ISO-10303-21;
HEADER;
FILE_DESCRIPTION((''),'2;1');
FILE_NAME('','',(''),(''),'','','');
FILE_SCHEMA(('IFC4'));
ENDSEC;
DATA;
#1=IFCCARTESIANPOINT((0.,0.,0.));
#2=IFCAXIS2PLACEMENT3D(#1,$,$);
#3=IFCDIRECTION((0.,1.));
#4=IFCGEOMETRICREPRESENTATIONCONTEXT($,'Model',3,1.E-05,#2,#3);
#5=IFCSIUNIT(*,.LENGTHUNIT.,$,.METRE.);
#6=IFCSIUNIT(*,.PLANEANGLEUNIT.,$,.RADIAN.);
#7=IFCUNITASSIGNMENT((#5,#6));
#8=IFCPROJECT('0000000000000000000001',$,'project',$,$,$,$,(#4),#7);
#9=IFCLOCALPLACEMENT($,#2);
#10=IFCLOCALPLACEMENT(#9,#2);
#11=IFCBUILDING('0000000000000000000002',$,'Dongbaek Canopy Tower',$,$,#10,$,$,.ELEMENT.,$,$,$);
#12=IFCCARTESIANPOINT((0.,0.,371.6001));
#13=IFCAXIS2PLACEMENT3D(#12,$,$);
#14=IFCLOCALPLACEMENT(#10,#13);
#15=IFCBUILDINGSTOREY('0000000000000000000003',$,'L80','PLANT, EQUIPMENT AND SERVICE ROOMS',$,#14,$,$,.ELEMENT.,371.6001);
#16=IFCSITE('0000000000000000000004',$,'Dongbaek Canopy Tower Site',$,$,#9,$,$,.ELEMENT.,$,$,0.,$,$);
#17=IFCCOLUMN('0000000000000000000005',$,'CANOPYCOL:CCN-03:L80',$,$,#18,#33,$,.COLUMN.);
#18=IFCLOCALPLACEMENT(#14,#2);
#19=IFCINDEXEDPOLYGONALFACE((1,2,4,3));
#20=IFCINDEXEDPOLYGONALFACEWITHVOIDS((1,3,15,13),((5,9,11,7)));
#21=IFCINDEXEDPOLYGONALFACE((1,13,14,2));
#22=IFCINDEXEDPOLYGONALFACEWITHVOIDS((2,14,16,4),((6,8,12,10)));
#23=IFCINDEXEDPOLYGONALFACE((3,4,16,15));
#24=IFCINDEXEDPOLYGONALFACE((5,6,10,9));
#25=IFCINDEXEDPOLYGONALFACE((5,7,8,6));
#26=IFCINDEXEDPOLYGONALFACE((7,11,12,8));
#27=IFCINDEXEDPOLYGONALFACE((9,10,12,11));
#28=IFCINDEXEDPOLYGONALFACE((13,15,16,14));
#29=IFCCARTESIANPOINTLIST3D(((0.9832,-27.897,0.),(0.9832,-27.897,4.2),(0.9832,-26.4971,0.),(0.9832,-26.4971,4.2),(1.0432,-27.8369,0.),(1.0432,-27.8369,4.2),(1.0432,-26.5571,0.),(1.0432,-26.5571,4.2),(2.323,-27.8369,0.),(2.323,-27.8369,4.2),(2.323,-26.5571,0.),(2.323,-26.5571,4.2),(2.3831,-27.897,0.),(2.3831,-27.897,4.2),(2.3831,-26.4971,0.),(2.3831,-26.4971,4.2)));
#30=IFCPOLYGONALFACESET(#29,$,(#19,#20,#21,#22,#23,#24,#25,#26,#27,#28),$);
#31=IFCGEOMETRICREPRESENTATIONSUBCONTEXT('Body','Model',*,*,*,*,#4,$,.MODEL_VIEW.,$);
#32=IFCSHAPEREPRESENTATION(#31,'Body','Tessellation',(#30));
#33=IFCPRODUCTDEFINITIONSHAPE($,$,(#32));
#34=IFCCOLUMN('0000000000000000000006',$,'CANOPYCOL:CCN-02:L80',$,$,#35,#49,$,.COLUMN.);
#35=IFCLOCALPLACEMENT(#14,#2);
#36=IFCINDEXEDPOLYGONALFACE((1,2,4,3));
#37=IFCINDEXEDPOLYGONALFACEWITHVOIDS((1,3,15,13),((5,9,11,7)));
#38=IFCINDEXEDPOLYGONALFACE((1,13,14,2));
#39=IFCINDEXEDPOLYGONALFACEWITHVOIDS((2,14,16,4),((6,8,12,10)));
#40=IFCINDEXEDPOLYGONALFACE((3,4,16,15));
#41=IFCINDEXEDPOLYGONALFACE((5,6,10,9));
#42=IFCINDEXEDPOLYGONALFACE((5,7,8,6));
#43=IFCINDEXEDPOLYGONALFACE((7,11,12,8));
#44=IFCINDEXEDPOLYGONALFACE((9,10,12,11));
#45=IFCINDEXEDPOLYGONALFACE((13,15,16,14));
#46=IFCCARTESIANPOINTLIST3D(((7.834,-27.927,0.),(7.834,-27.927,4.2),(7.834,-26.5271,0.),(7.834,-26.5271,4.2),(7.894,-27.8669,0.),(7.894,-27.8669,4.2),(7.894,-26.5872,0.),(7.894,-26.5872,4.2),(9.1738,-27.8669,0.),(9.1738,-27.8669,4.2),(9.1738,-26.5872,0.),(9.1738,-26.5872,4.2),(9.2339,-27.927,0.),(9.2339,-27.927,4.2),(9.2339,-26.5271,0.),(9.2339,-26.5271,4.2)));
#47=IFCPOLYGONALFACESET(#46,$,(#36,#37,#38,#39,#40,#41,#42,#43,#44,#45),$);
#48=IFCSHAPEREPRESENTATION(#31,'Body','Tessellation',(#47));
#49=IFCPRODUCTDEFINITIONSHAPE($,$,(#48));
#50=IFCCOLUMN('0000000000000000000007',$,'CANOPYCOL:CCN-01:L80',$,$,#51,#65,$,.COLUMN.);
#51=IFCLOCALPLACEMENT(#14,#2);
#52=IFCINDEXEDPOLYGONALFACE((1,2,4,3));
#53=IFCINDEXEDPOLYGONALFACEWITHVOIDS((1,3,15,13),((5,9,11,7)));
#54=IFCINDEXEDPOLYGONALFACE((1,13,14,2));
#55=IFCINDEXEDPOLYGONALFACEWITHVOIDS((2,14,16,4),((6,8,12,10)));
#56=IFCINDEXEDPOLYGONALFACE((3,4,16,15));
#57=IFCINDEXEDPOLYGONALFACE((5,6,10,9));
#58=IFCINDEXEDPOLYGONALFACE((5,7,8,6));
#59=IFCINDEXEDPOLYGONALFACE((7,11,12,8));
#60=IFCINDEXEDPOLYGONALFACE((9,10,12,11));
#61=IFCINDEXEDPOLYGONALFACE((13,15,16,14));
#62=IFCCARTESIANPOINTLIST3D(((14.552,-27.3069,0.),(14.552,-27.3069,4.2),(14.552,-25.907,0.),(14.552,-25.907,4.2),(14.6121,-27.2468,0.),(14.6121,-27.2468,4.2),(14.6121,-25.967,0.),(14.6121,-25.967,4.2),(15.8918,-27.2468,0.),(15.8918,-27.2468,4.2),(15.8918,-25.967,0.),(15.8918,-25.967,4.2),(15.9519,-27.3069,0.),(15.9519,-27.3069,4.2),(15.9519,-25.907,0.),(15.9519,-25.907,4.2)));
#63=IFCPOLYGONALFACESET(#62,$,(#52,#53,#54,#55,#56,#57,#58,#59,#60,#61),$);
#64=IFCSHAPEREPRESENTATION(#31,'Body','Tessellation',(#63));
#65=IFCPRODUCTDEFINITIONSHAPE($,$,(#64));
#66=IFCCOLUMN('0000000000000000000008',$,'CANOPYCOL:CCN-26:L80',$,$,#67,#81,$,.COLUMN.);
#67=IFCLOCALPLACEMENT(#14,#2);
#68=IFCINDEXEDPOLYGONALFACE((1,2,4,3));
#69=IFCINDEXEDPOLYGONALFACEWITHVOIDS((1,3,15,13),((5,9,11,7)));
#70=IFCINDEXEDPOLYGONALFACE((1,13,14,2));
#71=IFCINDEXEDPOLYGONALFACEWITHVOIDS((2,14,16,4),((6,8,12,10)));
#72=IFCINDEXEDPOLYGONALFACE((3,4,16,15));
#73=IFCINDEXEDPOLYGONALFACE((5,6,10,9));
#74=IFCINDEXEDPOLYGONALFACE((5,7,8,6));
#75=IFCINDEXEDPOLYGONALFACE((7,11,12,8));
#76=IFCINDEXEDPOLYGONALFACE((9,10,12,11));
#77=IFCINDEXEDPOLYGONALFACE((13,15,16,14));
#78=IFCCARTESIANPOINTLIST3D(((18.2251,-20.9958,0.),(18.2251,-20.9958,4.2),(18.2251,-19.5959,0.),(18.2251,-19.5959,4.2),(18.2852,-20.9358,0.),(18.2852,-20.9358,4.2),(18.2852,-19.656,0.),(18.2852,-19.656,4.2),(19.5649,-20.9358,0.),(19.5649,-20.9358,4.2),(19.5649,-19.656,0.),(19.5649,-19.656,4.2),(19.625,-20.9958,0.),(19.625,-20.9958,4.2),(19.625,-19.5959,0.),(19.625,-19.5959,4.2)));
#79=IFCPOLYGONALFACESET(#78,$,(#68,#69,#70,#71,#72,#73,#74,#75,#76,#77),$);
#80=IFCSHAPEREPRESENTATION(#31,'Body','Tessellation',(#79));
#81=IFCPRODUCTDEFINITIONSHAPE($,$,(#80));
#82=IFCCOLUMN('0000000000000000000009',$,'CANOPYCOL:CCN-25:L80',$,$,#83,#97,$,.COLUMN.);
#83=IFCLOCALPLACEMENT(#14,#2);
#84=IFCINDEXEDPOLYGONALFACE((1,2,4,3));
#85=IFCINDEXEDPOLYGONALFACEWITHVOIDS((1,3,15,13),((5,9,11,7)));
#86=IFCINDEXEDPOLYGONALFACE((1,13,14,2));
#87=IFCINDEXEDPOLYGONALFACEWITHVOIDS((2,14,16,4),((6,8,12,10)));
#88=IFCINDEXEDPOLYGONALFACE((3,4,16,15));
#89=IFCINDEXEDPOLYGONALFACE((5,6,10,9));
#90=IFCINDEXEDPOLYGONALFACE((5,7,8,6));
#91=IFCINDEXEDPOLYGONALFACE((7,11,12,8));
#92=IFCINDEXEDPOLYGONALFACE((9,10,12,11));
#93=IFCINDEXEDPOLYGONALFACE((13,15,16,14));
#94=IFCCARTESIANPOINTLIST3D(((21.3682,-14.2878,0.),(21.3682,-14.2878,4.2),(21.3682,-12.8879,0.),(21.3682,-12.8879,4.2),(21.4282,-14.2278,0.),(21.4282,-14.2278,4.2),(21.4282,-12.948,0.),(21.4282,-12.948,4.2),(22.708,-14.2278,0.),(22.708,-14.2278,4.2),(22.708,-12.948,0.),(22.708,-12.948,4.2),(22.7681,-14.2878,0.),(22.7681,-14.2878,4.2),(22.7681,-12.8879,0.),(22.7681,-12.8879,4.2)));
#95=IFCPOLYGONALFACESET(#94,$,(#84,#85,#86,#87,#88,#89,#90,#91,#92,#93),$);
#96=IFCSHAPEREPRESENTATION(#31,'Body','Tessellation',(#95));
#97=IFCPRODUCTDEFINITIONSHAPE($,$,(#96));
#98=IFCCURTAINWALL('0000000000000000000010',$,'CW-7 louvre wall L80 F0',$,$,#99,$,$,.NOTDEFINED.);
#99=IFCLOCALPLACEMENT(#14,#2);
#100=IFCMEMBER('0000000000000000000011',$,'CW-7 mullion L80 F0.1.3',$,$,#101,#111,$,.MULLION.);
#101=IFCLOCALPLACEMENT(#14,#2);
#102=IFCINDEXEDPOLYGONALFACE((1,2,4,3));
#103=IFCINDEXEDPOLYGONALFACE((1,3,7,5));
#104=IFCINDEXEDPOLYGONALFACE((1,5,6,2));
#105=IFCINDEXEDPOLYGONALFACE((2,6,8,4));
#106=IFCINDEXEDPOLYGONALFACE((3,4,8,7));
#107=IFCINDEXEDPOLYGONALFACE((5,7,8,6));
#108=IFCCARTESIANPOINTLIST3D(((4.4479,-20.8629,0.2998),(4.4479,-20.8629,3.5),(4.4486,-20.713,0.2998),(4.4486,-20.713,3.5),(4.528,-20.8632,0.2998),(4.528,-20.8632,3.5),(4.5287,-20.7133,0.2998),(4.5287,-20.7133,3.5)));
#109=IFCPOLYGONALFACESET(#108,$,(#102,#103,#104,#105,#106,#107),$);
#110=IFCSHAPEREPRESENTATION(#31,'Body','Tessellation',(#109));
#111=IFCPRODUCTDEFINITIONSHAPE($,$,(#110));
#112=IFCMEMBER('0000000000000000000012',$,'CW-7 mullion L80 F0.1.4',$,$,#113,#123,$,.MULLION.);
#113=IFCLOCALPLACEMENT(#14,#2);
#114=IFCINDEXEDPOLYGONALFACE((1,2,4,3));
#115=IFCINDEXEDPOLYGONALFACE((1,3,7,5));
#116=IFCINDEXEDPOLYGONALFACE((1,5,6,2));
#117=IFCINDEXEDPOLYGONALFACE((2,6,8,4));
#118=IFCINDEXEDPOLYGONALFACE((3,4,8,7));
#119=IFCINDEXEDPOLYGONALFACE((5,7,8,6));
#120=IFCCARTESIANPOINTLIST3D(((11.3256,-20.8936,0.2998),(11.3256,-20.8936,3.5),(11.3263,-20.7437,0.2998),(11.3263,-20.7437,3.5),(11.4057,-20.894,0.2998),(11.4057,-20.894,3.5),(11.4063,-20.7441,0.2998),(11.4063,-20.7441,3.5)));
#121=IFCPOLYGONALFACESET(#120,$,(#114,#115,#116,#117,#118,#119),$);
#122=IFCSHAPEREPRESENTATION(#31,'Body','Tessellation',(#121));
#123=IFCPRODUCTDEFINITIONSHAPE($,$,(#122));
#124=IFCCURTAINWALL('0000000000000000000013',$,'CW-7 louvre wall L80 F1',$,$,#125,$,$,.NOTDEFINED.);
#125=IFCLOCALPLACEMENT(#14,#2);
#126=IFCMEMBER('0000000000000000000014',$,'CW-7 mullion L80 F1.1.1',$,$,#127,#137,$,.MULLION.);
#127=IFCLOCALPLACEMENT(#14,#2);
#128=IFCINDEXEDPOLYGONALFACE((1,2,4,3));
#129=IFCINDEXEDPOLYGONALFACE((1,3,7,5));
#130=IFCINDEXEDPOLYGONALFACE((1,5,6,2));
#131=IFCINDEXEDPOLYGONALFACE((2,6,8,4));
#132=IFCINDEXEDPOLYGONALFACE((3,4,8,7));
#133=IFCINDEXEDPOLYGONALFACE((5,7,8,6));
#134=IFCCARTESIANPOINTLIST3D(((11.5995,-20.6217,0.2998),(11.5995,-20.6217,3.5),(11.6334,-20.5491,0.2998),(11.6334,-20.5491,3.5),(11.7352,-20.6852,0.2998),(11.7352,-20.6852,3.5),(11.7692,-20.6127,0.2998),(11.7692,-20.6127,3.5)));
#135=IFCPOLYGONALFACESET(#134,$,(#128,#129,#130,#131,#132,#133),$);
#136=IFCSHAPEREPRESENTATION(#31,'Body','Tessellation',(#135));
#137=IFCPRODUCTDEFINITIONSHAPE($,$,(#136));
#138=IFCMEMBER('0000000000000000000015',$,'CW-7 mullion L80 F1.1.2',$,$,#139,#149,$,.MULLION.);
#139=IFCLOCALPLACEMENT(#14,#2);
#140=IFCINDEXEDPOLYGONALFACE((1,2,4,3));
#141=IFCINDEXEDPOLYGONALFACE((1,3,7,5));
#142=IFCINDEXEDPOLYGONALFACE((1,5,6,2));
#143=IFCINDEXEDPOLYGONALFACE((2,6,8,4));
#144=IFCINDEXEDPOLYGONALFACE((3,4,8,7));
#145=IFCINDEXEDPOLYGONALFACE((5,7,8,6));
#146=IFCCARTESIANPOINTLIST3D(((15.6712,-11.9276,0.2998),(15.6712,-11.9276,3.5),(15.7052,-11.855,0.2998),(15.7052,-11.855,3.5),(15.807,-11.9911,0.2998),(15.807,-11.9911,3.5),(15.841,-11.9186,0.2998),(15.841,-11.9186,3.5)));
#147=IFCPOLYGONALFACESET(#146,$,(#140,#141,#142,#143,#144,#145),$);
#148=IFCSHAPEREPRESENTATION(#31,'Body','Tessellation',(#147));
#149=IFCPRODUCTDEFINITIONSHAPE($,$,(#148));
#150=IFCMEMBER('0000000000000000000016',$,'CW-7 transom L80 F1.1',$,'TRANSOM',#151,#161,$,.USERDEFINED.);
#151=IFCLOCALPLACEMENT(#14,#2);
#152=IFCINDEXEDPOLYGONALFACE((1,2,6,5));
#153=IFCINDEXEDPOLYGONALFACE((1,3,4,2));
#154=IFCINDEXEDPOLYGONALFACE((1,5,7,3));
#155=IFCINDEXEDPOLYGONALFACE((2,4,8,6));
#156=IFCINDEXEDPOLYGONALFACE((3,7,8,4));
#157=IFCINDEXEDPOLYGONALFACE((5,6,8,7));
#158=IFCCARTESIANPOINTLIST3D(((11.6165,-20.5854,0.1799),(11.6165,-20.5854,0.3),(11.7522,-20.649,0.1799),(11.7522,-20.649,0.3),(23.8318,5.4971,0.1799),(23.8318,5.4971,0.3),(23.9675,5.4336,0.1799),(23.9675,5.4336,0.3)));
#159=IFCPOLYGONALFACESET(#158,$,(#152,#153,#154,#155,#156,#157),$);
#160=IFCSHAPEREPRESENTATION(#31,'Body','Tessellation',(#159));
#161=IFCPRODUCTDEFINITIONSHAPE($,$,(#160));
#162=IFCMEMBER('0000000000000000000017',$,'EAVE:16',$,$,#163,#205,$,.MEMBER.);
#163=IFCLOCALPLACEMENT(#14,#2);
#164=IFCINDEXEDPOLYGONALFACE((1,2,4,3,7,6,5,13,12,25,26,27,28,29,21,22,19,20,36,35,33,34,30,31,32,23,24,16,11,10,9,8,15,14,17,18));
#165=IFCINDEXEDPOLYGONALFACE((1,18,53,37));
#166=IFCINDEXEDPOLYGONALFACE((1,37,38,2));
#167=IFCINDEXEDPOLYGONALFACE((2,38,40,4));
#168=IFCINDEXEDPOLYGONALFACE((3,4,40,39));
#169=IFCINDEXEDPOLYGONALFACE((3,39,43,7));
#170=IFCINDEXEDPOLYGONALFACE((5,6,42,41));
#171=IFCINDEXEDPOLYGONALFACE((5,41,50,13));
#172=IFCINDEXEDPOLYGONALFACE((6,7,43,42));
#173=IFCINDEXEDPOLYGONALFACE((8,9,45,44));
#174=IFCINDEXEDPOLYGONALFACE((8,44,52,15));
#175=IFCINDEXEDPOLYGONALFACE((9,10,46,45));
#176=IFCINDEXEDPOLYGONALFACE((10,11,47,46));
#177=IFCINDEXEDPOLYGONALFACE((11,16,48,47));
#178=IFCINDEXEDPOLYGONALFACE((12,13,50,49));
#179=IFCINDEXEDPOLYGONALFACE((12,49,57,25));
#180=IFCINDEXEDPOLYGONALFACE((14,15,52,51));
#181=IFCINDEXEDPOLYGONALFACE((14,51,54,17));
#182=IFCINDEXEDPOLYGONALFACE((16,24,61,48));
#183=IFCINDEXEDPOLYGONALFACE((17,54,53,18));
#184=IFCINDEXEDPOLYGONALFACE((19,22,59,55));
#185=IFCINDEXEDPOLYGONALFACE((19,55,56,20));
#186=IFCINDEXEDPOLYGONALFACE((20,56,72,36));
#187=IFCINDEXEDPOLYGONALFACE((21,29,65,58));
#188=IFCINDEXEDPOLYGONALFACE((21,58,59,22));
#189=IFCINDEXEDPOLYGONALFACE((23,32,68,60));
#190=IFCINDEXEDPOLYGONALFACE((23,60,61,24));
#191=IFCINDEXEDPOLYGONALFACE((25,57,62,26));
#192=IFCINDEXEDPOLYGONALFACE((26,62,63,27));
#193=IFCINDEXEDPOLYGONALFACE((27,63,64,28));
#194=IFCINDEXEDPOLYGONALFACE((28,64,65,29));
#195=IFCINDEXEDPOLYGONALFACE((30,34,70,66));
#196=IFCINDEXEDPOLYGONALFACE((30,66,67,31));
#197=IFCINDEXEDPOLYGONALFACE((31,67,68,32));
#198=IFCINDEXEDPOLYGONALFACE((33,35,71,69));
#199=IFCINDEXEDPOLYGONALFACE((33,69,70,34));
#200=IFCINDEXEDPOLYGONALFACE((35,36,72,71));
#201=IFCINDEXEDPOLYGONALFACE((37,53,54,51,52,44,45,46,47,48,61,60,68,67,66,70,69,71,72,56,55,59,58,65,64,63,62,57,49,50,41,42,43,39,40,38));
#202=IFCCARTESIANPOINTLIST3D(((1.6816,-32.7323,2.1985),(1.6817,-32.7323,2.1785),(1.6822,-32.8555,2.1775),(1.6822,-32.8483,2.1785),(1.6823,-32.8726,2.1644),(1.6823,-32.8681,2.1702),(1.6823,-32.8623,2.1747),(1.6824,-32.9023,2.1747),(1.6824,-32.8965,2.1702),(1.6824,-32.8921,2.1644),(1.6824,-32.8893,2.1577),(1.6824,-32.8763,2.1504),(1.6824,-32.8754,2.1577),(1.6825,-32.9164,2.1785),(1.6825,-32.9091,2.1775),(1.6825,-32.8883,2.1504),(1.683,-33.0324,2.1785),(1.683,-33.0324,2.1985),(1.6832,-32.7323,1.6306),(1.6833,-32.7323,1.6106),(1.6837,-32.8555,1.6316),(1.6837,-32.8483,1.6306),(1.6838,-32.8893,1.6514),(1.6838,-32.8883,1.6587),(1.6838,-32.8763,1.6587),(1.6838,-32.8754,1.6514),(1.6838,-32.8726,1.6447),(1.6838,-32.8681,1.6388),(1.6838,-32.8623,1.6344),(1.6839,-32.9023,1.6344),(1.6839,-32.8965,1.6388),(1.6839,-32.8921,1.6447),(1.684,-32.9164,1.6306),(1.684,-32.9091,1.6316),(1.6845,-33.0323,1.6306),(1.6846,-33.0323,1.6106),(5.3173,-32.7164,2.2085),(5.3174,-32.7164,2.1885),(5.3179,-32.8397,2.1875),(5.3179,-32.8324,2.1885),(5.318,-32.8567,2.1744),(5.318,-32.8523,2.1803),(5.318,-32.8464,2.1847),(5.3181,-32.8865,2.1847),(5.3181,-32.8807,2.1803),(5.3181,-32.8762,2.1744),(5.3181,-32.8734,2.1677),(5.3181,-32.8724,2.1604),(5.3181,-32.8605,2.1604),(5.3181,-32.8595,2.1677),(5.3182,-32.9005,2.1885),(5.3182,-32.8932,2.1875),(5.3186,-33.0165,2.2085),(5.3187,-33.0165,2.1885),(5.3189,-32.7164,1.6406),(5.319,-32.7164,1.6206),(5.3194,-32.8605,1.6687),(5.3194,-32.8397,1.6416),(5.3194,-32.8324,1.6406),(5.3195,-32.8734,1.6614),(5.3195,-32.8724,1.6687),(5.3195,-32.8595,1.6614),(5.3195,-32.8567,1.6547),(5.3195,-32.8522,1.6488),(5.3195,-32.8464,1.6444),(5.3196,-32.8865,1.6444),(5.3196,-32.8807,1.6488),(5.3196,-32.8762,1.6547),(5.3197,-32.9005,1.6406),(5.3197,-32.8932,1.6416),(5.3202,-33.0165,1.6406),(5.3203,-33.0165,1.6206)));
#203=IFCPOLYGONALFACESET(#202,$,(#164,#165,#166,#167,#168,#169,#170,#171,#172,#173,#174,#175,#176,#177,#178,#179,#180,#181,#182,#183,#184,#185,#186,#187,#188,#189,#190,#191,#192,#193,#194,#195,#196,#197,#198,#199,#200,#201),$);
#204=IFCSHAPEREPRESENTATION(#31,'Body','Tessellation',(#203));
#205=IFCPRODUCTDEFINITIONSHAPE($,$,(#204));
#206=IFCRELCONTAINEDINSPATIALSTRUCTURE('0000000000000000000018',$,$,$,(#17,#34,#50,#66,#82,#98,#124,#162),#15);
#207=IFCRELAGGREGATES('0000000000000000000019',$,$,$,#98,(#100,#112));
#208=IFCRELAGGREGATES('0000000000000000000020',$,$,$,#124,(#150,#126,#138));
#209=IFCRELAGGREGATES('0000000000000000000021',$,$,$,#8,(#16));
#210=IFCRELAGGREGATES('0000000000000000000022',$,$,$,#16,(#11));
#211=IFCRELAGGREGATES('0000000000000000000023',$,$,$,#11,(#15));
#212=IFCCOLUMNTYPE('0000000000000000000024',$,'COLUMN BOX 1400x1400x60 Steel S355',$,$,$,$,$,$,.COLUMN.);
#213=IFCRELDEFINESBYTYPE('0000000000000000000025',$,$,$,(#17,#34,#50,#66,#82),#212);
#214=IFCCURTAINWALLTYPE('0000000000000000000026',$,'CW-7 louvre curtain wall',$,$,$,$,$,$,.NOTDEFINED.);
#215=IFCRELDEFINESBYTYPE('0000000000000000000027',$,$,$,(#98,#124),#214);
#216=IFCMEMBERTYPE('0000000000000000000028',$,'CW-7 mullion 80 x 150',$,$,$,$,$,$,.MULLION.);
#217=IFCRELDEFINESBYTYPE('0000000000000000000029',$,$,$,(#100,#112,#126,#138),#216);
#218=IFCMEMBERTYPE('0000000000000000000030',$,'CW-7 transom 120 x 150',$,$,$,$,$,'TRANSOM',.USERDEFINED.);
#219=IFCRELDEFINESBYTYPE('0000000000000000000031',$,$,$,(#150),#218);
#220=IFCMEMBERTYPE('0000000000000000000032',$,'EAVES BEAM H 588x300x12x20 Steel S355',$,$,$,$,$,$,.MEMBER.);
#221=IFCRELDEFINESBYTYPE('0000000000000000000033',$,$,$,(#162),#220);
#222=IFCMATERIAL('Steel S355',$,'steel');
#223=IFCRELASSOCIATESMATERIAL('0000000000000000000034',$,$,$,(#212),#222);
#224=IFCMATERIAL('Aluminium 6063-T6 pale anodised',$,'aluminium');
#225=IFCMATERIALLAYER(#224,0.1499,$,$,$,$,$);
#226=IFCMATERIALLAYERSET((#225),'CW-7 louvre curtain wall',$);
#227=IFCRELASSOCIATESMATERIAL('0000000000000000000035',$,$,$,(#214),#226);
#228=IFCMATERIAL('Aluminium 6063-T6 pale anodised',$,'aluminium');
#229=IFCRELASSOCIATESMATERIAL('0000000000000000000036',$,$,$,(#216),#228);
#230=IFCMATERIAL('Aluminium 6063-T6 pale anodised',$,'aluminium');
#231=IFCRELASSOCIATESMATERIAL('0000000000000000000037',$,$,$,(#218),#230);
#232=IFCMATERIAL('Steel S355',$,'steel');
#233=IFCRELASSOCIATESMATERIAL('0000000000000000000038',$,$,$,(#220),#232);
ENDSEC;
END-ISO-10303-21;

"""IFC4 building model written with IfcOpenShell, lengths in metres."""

from ifc_helpers import new_model, si_unit, direction, frame, origin, origin_2d, place, context, subcontext, project, spatial, rectangle, hollow_rectangle, i_section, extrude, material, layer, layer_set, material_profile, profile_set, type_object, element, aggregate, save


model = new_model("IFC4")

# Units and contexts
model_context = context("Model", 3, precision=1e-05, world=origin(), true_north=direction((0.0, 1.0)))
body_context = subcontext(model_context, "Body", "Model", "MODEL_VIEW")
ifc_project = project(units=[si_unit("LENGTHUNIT", "METRE"), si_unit("PLANEANGLEUNIT", "RADIAN")], contexts=[model_context])

# Site, building, storey
site_placement = place(None, origin())
site = spatial("IfcSite", under=ifc_project, at=site_placement, Name="Dongbaek Canopy Tower Site", CompositionType="ELEMENT", RefElevation=0.0)
building_placement = place(site_placement, origin())
building = spatial("IfcBuilding", under=site, at=building_placement, Name="Dongbaek Canopy Tower", CompositionType="ELEMENT")
storey_placement = place(building_placement, frame((0.0, 0.0, 371.6001)))
storey = spatial("IfcBuildingStorey", under=building, at=storey_placement, Name="L80", Description="PLANT, EQUIPMENT AND SERVICE ROOMS", CompositionType="ELEMENT", Elevation=371.6001)

# Columns
ifc_material_1 = material(Name="Steel S355", Category="steel")
ifc_material_profile_1 = material_profile(ifc_material_1, hollow_rectangle(XDim=1.3999, YDim=1.3999, WallThickness=0.0601, at=origin_2d()), Name="COLUMN BOX 1400x1400x60 Steel S355")
ifc_profile_set_1 = profile_set([ifc_material_profile_1], Name="Steel S355")
column_type = type_object("IfcColumnType", Name="COLUMN BOX 1400x1400x60 Steel S355", PredefinedType="COLUMN", material=ifc_profile_set_1)
for number, where, z_axis, x_axis, name in (
    (1, (1.6831, -27.197, 0.0), (0.0, 0.0, 1.0), (1.0, 0.0, 0.0), "CANOPYCOL:CCN-03:L80"),
    (2, (8.5339, -27.2271, 0.0), (0.0, 0.0, 1.0), (1.0, 0.0, 0.0), "CANOPYCOL:CCN-02:L80"),
    (3, (15.252, -26.6069, 0.0), (0.0, 0.0, 1.0), (1.0, 0.0, 0.0), "CANOPYCOL:CCN-01:L80"),
    (4, (18.925, -20.2959, 0.0), (0.0, 0.0, 1.0), (1.0, 0.0, 0.0), "CANOPYCOL:CCN-26:L80"),
    (5, (22.0681, -13.5879, 0.0), (0.0, 0.0, 1.0), (1.0, 0.0, 0.0), "CANOPYCOL:CCN-25:L80"),
):
    element("IfcColumn", number, at=place(storey_placement, frame(where, z_axis=z_axis, x_axis=x_axis)), inside=storey, type_object=column_type, Name=name, PredefinedType="COLUMN", context=body_context, shape_type="SweptSolid", body=[
        extrude(hollow_rectangle(XDim=1.3999, YDim=1.3999, WallThickness=0.0601, at=origin_2d()), origin(), (0.0, 0.0, 1.0), 4.2),
    ])

# Curtain walls, members
ifc_material_2 = material(Name="Aluminium 6063-T6 pale anodised", Category="aluminium")
ifc_layer_1 = layer(ifc_material_2, 0.1499)
ifc_layer_set_1 = layer_set([ifc_layer_1], Name="CW-7 louvre curtain wall")
curtain_wall_type = type_object("IfcCurtainWallType", Name="CW-7 louvre curtain wall", PredefinedType="NOTDEFINED", material=ifc_layer_set_1)
curtain_wall_1_placement = place(storey_placement, origin())
curtain_wall_1 = element("IfcCurtainWall", 6, at=curtain_wall_1_placement, inside=storey, type_object=curtain_wall_type, Name="CW-7 louvre wall L80 F0", PredefinedType="NOTDEFINED")
ifc_material_3 = material(Name="Aluminium 6063-T6 pale anodised", Category="aluminium")
ifc_material_profile_2 = material_profile(ifc_material_3, rectangle(XDim=0.1499, YDim=0.0801, at=origin_2d()), Name="CW-7 mullion 80 x 150")
ifc_profile_set_2 = profile_set([ifc_material_profile_2], Name="Aluminium 6063-T6 pale anodised")
member_type_1 = type_object("IfcMemberType", Name="CW-7 mullion 80 x 150", PredefinedType="MULLION", material=ifc_profile_set_2)
member_1_placement = place(storey_placement, frame((4.4883, -20.7881, 0.2998), z_axis=(0.0, 0.0, 1.0), x_axis=(-0.004466, -0.99999, 0.0)))
member_1 = element("IfcMember", 7, at=member_1_placement, type_object=member_type_1, Name="CW-7 mullion L80 F0.1.3", PredefinedType="MULLION", context=body_context, shape_type="SweptSolid", body=[
    extrude(rectangle(XDim=0.1499, YDim=0.0801, at=origin_2d()), origin(), (0.0, 0.0, 1.0), 3.2002),
])
member_2_placement = place(storey_placement, frame((11.366, -20.8188, 0.2998), z_axis=(0.0, 0.0, 1.0), x_axis=(-0.004466, -0.99999, 0.0)))
member_2 = element("IfcMember", 8, at=member_2_placement, type_object=member_type_1, Name="CW-7 mullion L80 F0.1.4", PredefinedType="MULLION", context=body_context, shape_type="SweptSolid", body=[
    extrude(rectangle(XDim=0.1499, YDim=0.0801, at=origin_2d()), origin(), (0.0, 0.0, 1.0), 3.2002),
])
curtain_wall_2_placement = place(storey_placement, origin())
curtain_wall_2 = element("IfcCurtainWall", 9, at=curtain_wall_2_placement, inside=storey, type_object=curtain_wall_type, Name="CW-7 louvre wall L80 F1", PredefinedType="NOTDEFINED")
member_3_placement = place(storey_placement, frame((11.6843, -20.6172, 0.2998), z_axis=(0.0, 0.0, 1.0), x_axis=(0.905605, -0.424123, 0.0)))
member_3 = element("IfcMember", 10, at=member_3_placement, type_object=member_type_1, Name="CW-7 mullion L80 F1.1.1", PredefinedType="MULLION", context=body_context, shape_type="SweptSolid", body=[
    extrude(rectangle(XDim=0.1499, YDim=0.0801, at=origin_2d()), origin(), (0.0, 0.0, 1.0), 3.2002),
])
member_4_placement = place(storey_placement, frame((15.7561, -11.9231, 0.2998), z_axis=(0.0, 0.0, 1.0), x_axis=(0.905605, -0.424123, 0.0)))
member_4 = element("IfcMember", 11, at=member_4_placement, type_object=member_type_1, Name="CW-7 mullion L80 F1.1.2", PredefinedType="MULLION", context=body_context, shape_type="SweptSolid", body=[
    extrude(rectangle(XDim=0.1499, YDim=0.0801, at=origin_2d()), origin(), (0.0, 0.0, 1.0), 3.2002),
])
ifc_material_4 = material(Name="Aluminium 6063-T6 pale anodised", Category="aluminium")
ifc_material_profile_3 = material_profile(ifc_material_4, rectangle(XDim=0.1499, YDim=0.1201, at=origin_2d()), Name="CW-7 transom 120 x 150")
ifc_profile_set_3 = profile_set([ifc_material_profile_3], Name="Aluminium 6063-T6 pale anodised")
member_type_2 = type_object("IfcMemberType", Name="CW-7 transom 120 x 150", ElementType="TRANSOM", PredefinedType="USERDEFINED", material=ifc_profile_set_3)
member_5_placement = place(storey_placement, frame((11.6843, -20.6172, 0.24), z_axis=(0.424125, 0.905604, 0.0), x_axis=(-0.905604, 0.424125, 0.0)))
member_5 = element("IfcMember", 12, at=member_5_placement, type_object=member_type_2, Name="CW-7 transom L80 F1.1", ObjectType="TRANSOM", PredefinedType="USERDEFINED", context=body_context, shape_type="SweptSolid", body=[
    extrude(rectangle(XDim=0.1499, YDim=0.1201, at=origin_2d()), origin(), (0.0, 0.0, 1.0), 28.8013),
])

# Member
ifc_material_5 = material(Name="Steel S355", Category="steel")
ifc_material_profile_4 = material_profile(ifc_material_5, i_section(OverallWidth=0.3, OverallDepth=0.5879, WebThickness=0.012, FlangeThickness=0.02, FilletRadius=0.0281, at=origin_2d()), Name="EAVES BEAM H 588x300x12x20 Steel S355")
ifc_profile_set_4 = profile_set([ifc_material_profile_4], Name="Steel S355")
member_type_3 = type_object("IfcMemberType", Name="EAVES BEAM H 588x300x12x20 Steel S355", PredefinedType="MEMBER", material=ifc_profile_set_4)
member_6_placement = place(storey_placement, frame((1.6831, -32.8823, 1.9045), z_axis=(0.999987, 0.004365, 0.002753), x_axis=(-0.004365, 0.99999, 0.0)))
element("IfcMember", 13, at=member_6_placement, inside=storey, type_object=member_type_3, Name="EAVE:16", PredefinedType="MEMBER", context=body_context, shape_type="SweptSolid", body=[
    extrude(i_section(OverallWidth=0.3, OverallDepth=0.5879, WebThickness=0.012, FlangeThickness=0.02, FilletRadius=0.0281, at=origin_2d()), origin(), (0.0, 0.0, 1.0), 3.6357),
])

aggregate(curtain_wall_1, [member_1, member_2])
aggregate(curtain_wall_2, [member_5, member_3, member_4])

save(model, "model.ifc")
